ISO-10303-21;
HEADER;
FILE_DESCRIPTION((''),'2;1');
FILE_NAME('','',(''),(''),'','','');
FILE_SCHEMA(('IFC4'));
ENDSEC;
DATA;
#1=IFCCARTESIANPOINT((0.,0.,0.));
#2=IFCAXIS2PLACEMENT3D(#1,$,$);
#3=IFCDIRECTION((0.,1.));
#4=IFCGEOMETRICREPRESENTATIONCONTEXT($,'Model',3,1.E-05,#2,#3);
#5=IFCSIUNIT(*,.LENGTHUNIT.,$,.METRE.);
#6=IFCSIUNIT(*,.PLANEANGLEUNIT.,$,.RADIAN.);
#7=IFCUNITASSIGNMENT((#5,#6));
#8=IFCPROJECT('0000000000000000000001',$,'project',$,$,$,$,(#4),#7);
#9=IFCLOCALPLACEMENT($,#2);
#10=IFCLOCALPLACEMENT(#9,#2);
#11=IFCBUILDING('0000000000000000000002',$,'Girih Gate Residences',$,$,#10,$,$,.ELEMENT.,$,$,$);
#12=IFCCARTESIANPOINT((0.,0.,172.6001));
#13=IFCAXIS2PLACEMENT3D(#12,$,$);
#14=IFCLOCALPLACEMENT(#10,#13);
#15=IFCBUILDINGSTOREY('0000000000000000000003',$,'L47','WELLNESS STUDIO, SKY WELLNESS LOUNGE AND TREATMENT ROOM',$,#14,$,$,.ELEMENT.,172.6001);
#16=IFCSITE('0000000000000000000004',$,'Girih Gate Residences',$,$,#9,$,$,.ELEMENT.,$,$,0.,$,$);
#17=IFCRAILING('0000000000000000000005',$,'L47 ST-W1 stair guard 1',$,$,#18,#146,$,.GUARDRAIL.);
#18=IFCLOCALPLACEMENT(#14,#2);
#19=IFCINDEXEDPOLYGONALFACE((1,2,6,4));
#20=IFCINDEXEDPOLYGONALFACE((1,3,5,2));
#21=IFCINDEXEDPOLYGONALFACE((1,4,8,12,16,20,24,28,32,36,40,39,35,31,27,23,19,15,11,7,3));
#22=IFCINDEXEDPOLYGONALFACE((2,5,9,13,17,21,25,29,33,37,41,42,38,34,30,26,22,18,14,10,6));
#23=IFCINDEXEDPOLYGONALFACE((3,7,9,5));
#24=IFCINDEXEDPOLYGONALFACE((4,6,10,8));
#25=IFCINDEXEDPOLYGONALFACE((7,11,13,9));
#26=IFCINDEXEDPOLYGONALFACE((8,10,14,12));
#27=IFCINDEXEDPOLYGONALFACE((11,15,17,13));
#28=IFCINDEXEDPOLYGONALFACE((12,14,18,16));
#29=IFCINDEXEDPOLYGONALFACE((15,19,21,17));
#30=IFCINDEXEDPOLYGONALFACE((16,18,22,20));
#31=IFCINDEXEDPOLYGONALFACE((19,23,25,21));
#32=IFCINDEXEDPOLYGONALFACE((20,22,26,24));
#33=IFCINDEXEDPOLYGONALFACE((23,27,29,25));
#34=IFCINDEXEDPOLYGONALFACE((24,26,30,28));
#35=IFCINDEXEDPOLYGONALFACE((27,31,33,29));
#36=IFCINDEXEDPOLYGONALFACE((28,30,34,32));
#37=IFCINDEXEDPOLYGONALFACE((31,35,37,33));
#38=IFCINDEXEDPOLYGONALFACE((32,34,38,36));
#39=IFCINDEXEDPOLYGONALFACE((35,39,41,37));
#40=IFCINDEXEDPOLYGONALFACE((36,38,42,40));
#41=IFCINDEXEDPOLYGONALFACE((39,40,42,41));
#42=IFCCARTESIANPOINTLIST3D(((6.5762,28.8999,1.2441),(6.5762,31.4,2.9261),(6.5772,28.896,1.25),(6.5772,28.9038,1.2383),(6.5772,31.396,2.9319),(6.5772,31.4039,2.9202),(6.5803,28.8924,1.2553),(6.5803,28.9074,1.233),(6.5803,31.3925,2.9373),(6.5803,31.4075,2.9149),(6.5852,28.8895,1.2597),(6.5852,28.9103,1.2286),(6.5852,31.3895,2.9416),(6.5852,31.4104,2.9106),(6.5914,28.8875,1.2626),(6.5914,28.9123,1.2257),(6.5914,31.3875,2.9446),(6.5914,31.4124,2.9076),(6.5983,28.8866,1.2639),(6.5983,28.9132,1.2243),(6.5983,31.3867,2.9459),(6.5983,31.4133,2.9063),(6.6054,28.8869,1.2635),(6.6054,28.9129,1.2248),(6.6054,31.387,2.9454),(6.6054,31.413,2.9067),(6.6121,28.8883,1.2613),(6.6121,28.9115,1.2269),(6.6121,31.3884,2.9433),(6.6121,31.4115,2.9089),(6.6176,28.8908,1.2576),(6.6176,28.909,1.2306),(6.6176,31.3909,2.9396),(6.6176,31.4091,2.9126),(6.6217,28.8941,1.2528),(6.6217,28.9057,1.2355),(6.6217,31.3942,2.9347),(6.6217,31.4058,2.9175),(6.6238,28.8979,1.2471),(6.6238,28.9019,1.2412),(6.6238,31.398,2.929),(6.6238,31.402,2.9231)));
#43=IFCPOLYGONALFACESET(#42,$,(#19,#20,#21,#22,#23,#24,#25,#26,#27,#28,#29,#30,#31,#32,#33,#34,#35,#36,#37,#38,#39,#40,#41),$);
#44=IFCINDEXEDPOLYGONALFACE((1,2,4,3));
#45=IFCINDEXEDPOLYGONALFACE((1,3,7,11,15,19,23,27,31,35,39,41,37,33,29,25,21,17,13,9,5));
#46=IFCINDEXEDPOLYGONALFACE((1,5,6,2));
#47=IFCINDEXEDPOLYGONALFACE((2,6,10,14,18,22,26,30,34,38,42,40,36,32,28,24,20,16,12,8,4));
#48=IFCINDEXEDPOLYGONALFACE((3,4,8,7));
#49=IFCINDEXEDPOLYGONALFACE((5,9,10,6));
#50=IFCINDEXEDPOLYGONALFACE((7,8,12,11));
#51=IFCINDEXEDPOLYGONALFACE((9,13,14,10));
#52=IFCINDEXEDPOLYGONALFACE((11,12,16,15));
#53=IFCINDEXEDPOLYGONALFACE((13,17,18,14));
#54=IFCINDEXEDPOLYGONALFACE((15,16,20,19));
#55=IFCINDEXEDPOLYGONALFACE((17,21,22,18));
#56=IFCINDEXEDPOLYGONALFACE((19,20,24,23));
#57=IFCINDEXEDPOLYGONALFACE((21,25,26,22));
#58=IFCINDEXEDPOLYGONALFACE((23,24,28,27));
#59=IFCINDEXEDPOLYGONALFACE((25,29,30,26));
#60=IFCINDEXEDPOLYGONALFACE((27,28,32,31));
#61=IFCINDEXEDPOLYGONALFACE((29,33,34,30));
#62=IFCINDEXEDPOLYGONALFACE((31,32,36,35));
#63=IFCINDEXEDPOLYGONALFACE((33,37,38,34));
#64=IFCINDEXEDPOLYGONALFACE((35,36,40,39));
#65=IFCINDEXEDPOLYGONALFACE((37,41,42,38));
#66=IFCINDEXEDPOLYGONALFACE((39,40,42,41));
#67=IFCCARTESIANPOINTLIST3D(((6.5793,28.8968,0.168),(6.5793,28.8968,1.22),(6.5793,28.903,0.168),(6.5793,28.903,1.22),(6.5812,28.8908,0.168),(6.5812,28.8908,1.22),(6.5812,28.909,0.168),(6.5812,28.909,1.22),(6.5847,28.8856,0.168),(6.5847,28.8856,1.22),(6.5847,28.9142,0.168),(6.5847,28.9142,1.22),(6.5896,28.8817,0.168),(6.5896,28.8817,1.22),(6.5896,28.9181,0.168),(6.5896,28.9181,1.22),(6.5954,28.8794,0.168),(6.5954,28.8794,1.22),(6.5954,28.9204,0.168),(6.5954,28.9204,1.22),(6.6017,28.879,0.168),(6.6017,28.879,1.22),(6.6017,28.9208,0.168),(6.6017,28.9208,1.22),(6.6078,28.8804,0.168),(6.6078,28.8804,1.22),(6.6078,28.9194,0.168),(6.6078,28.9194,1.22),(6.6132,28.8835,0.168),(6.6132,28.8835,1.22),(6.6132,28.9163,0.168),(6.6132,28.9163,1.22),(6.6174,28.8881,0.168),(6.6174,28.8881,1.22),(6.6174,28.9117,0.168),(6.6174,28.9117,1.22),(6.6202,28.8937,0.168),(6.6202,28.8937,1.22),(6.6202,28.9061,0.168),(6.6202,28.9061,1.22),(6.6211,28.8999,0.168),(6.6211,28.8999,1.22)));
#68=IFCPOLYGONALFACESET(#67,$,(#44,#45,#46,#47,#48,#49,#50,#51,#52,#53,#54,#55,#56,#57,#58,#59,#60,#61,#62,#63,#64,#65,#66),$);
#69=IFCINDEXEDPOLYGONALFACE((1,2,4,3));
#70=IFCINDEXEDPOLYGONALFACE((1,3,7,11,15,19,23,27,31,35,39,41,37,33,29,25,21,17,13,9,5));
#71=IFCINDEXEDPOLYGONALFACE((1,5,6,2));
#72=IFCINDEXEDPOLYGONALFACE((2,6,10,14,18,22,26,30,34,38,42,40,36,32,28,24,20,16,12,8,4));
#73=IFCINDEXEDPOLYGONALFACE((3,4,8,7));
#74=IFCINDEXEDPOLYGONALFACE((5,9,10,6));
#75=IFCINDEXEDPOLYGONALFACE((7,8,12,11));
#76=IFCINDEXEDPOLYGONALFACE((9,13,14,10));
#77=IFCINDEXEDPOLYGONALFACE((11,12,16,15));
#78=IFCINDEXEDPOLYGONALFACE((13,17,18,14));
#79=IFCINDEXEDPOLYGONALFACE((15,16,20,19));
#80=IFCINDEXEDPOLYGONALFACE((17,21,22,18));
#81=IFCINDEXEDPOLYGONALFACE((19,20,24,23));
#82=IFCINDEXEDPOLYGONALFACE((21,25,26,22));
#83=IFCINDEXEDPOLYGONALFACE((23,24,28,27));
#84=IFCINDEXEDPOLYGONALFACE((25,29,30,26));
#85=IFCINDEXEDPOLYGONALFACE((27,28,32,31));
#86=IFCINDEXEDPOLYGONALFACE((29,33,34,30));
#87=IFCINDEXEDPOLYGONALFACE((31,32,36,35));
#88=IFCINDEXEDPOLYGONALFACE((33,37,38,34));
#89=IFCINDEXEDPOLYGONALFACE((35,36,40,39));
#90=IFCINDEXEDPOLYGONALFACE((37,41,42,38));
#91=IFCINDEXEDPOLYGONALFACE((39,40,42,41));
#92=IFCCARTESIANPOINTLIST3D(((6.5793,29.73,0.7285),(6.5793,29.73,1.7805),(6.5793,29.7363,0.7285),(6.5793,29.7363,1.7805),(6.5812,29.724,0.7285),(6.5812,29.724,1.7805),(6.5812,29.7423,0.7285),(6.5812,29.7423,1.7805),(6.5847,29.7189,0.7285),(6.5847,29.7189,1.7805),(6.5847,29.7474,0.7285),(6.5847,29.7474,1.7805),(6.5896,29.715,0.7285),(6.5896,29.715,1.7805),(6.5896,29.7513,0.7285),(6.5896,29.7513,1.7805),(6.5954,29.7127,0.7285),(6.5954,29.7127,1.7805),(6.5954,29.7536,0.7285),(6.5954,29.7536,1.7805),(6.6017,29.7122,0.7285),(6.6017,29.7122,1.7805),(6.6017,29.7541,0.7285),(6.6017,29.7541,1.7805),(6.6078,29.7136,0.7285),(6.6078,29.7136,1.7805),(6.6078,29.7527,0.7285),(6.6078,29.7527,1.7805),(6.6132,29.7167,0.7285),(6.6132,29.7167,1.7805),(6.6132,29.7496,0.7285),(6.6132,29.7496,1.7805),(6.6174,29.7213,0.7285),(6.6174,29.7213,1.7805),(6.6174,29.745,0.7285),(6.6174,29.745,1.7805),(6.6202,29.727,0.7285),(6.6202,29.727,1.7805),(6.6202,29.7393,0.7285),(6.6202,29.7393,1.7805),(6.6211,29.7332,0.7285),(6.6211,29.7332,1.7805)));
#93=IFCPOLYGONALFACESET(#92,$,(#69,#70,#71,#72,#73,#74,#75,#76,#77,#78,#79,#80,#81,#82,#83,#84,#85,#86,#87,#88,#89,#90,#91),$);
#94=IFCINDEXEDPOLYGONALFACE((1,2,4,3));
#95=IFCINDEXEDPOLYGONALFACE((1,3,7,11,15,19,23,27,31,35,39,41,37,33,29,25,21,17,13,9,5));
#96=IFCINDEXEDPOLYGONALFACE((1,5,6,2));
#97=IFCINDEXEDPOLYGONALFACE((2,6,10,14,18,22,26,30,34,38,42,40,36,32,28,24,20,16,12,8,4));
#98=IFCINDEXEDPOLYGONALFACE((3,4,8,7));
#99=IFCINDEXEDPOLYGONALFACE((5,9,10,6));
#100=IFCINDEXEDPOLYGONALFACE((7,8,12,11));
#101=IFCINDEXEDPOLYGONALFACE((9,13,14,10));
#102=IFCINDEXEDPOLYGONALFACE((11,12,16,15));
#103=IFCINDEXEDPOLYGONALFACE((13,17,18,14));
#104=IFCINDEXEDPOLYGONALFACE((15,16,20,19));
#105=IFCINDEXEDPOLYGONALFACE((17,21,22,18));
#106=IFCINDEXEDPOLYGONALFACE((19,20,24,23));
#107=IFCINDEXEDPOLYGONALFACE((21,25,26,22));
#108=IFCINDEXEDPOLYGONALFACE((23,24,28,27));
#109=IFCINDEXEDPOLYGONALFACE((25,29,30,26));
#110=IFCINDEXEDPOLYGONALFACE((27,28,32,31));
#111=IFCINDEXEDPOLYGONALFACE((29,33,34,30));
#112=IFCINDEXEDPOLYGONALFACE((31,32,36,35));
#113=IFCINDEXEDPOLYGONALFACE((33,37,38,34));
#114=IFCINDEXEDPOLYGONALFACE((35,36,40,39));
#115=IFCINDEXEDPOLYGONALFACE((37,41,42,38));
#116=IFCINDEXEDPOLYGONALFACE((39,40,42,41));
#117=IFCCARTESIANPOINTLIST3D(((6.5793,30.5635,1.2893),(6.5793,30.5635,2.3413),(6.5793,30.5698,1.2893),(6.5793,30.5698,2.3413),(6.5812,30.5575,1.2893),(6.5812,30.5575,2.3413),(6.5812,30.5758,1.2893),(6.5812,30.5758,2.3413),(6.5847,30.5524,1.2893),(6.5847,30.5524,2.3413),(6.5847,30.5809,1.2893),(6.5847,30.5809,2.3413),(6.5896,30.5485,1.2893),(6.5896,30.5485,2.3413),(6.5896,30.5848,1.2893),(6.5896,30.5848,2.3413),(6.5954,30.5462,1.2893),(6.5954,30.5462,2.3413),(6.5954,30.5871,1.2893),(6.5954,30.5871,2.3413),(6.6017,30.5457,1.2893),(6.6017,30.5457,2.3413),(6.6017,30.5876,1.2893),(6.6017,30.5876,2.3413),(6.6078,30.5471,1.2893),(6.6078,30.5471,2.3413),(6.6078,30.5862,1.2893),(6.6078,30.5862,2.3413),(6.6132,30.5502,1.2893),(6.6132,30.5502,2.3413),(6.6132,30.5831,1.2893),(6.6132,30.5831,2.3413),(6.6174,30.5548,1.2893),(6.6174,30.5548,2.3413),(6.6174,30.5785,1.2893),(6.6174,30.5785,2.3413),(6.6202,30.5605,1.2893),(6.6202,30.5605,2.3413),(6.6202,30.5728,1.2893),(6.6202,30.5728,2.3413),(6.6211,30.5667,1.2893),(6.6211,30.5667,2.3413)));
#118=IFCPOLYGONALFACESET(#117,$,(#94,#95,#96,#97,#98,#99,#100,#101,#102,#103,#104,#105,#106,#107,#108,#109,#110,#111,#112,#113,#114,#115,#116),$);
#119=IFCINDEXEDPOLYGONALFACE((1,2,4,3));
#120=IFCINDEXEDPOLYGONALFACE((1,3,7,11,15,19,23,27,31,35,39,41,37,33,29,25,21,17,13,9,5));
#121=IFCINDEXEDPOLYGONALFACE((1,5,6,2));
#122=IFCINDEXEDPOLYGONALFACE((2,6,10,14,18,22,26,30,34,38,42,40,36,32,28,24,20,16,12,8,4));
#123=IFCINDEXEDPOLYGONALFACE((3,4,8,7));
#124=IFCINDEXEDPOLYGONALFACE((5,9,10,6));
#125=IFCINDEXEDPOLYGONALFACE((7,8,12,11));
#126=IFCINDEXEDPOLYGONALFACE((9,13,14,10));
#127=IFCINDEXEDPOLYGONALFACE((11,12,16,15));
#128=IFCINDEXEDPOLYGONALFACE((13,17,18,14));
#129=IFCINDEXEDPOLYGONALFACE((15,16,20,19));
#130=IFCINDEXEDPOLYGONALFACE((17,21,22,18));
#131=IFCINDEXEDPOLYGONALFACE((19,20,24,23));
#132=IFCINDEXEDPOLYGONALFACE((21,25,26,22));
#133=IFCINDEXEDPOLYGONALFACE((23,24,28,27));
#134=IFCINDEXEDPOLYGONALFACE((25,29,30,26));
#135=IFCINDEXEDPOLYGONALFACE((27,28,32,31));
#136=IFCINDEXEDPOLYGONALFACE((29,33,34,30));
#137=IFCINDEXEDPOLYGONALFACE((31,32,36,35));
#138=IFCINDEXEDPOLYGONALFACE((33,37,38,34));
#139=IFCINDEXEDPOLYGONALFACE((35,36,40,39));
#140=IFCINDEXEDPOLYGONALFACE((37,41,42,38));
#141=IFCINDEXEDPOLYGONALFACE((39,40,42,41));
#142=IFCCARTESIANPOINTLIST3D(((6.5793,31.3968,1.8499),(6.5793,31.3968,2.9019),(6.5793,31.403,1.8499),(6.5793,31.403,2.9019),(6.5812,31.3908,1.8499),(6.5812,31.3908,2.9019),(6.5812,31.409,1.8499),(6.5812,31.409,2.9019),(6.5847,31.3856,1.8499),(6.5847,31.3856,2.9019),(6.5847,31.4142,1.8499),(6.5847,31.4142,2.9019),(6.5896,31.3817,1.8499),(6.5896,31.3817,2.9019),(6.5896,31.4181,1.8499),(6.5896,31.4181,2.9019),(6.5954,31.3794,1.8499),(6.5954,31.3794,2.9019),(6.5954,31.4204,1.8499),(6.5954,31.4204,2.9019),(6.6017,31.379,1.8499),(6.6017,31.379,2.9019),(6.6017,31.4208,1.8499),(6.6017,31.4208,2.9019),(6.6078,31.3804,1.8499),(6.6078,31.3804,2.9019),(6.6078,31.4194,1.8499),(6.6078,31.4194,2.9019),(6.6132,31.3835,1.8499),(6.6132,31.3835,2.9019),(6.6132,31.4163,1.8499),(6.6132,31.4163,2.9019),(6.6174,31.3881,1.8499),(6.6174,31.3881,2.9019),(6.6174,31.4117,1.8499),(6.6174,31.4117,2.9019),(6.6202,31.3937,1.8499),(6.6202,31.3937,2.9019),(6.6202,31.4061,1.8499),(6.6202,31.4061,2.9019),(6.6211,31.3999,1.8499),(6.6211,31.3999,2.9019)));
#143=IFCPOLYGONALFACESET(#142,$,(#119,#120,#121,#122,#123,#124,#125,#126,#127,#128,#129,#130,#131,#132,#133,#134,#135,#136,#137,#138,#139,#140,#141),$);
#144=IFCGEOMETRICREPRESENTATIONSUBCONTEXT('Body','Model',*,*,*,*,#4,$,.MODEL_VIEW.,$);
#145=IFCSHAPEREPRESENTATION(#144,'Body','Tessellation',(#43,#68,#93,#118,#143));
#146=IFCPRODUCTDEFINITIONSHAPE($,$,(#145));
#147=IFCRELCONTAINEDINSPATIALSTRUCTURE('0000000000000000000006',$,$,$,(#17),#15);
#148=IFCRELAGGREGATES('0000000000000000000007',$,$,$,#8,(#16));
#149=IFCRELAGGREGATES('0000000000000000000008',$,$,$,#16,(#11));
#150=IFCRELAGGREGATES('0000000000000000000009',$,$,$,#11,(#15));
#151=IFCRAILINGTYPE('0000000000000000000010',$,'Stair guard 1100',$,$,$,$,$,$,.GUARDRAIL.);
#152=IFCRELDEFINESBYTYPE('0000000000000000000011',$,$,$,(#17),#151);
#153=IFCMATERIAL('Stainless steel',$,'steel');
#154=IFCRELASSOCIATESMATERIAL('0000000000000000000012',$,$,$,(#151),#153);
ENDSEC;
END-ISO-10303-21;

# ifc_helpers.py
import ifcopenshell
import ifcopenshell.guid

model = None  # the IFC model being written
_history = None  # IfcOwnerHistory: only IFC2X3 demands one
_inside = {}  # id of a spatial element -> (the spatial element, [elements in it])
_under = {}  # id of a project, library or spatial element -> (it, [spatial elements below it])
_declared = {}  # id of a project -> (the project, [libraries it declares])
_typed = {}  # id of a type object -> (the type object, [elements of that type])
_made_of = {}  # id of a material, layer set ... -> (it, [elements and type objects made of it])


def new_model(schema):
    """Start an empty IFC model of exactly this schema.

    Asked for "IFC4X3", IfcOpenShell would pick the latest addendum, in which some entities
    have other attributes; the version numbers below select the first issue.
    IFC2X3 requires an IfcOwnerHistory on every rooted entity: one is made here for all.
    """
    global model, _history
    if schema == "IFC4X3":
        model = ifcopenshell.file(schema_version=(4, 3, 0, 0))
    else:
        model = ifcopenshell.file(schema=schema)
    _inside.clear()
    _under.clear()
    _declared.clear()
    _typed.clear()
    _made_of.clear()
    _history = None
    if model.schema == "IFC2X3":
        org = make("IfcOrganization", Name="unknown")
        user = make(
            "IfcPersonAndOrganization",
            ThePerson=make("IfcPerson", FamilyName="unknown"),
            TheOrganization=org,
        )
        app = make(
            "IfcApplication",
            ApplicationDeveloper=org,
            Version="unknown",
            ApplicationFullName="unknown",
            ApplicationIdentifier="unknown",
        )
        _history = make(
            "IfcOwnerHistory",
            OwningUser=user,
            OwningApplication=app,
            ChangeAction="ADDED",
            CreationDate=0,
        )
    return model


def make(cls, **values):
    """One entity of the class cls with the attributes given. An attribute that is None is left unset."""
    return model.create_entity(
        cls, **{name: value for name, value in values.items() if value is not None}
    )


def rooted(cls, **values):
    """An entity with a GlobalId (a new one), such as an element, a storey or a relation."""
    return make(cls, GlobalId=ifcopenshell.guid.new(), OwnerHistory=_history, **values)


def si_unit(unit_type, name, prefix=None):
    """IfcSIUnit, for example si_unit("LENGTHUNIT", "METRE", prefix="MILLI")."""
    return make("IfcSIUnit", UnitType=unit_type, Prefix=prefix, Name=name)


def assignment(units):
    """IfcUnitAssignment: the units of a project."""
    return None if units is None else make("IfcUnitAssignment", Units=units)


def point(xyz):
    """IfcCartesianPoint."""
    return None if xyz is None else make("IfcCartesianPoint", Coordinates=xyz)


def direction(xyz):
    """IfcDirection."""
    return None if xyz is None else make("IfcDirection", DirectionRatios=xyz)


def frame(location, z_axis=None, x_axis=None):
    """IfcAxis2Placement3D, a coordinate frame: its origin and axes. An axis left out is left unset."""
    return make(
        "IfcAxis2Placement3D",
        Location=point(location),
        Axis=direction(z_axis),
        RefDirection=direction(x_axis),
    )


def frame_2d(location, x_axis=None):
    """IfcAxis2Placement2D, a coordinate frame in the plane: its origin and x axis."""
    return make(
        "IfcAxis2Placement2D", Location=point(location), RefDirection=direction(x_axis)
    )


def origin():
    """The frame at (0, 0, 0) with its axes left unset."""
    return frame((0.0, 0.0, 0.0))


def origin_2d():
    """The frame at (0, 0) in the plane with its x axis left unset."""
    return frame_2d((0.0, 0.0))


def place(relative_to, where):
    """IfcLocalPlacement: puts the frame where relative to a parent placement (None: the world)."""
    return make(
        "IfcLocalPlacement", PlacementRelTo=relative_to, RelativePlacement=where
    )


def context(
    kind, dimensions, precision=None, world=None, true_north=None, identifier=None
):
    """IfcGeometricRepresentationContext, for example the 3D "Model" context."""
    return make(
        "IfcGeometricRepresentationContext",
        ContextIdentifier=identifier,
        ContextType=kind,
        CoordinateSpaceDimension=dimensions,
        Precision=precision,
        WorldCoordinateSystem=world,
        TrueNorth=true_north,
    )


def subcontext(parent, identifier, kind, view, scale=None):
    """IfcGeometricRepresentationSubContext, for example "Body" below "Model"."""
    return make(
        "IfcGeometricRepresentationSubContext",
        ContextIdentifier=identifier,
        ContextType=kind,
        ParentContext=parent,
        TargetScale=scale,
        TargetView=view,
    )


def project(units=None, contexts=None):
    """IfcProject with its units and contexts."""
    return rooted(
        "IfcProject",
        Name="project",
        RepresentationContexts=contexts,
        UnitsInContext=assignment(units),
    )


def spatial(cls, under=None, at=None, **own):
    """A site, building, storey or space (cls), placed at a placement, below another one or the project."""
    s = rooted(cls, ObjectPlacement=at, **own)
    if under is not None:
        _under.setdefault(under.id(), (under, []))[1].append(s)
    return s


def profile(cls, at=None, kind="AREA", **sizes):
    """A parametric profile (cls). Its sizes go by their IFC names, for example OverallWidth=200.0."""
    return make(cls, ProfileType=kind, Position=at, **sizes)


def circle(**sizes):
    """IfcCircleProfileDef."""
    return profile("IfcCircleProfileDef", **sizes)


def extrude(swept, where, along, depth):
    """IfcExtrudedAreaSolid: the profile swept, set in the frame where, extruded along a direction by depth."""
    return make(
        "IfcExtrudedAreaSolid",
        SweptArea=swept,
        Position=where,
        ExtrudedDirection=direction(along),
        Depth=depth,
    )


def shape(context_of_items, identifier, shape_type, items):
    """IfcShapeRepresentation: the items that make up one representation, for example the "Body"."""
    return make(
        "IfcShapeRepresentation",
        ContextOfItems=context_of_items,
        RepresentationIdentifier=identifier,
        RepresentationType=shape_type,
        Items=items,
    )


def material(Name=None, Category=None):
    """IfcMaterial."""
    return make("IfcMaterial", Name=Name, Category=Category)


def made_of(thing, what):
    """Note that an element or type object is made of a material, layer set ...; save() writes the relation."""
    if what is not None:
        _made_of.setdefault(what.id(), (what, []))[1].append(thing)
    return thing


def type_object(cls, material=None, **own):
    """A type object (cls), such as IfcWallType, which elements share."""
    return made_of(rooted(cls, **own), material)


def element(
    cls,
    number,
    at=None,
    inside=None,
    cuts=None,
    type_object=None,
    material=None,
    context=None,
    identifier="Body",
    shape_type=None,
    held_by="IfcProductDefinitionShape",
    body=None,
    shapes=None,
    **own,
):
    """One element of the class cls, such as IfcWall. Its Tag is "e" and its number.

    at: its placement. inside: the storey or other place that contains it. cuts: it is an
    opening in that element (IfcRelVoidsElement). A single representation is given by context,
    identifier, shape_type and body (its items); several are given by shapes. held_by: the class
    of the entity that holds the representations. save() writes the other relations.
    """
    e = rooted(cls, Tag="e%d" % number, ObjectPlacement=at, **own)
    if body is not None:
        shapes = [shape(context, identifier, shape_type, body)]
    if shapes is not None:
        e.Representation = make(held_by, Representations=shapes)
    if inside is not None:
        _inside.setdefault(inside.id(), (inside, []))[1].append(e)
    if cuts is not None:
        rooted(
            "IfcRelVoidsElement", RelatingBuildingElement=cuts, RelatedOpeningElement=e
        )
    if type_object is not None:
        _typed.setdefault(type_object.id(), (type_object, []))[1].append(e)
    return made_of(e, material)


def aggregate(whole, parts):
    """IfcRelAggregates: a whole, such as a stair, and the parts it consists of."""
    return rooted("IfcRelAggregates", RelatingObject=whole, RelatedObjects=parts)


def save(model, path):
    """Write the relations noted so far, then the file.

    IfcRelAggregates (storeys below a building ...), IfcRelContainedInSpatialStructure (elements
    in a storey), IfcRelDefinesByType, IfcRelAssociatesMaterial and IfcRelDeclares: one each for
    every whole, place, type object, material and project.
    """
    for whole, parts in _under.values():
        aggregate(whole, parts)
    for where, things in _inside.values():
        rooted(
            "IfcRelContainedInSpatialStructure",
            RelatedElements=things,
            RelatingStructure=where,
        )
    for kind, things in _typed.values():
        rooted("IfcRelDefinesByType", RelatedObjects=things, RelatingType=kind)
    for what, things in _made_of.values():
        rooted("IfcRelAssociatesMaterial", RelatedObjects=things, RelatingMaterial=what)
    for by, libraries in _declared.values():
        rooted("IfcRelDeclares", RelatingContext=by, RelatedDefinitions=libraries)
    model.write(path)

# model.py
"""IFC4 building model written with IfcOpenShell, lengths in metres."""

from ifc_helpers import new_model, si_unit, direction, frame, origin, origin_2d, place, context, subcontext, project, spatial, circle, extrude, material, type_object, element, save


model = new_model("IFC4")

# Units and contexts
model_context = context("Model", 3, precision=1e-05, world=origin(), true_north=direction((0.0, 1.0)))
body_context = subcontext(model_context, "Body", "Model", "MODEL_VIEW")
ifc_project = project(units=[si_unit("LENGTHUNIT", "METRE"), si_unit("PLANEANGLEUNIT", "RADIAN")], contexts=[model_context])

# Site, building, storey
site_placement = place(None, origin())
site = spatial("IfcSite", under=ifc_project, at=site_placement, Name="Girih Gate Residences", CompositionType="ELEMENT", RefElevation=0.0)
building_placement = place(site_placement, origin())
building = spatial("IfcBuilding", under=site, at=building_placement, Name="Girih Gate Residences", CompositionType="ELEMENT")
storey_placement = place(building_placement, frame((0.0, 0.0, 172.6001)))
storey = spatial("IfcBuildingStorey", under=building, at=storey_placement, Name="L47", Description="WELLNESS STUDIO, SKY WELLNESS LOUNGE AND TREATMENT ROOM", CompositionType="ELEMENT", Elevation=172.6001)

# Railing
ifc_material_1 = material(Name="Stainless steel", Category="steel")
railing_type_1 = type_object("IfcRailingType", Name="Stair guard 1100", PredefinedType="GUARDRAIL", material=ifc_material_1)
railing_1_placement = place(storey_placement, frame((6.6001, 28.8999, 0.168)))
element("IfcRailing", 1, at=railing_1_placement, inside=storey, type_object=railing_type_1, Name="L47 ST-W1 stair guard 1", PredefinedType="GUARDRAIL", context=body_context, shape_type="SweptSolid", body=[
    extrude(circle(Radius=0.0239, at=origin_2d()), frame((0.0, 0.0, 1.0762), z_axis=(0.0, 0.829712, 0.558192), x_axis=(-1.0, 0.0, 0.0)), (0.0, 0.0, 1.0), 3.0132),
    extrude(circle(Radius=0.021, at=origin_2d()), origin(), (0.0, 0.0, 1.0), 1.052),
    extrude(circle(Radius=0.021, at=origin_2d()), frame((0.0, 0.8333, 0.5605)), (0.0, 0.0, 1.0), 1.052),
    extrude(circle(Radius=0.021, at=origin_2d()), frame((0.0, 1.6667, 1.1213)), (0.0, 0.0, 1.0), 1.052),
    extrude(circle(Radius=0.021, at=origin_2d()), frame((0.0, 2.5, 1.6819)), (0.0, 0.0, 1.0), 1.052),
])

save(model, "model.ifc")
